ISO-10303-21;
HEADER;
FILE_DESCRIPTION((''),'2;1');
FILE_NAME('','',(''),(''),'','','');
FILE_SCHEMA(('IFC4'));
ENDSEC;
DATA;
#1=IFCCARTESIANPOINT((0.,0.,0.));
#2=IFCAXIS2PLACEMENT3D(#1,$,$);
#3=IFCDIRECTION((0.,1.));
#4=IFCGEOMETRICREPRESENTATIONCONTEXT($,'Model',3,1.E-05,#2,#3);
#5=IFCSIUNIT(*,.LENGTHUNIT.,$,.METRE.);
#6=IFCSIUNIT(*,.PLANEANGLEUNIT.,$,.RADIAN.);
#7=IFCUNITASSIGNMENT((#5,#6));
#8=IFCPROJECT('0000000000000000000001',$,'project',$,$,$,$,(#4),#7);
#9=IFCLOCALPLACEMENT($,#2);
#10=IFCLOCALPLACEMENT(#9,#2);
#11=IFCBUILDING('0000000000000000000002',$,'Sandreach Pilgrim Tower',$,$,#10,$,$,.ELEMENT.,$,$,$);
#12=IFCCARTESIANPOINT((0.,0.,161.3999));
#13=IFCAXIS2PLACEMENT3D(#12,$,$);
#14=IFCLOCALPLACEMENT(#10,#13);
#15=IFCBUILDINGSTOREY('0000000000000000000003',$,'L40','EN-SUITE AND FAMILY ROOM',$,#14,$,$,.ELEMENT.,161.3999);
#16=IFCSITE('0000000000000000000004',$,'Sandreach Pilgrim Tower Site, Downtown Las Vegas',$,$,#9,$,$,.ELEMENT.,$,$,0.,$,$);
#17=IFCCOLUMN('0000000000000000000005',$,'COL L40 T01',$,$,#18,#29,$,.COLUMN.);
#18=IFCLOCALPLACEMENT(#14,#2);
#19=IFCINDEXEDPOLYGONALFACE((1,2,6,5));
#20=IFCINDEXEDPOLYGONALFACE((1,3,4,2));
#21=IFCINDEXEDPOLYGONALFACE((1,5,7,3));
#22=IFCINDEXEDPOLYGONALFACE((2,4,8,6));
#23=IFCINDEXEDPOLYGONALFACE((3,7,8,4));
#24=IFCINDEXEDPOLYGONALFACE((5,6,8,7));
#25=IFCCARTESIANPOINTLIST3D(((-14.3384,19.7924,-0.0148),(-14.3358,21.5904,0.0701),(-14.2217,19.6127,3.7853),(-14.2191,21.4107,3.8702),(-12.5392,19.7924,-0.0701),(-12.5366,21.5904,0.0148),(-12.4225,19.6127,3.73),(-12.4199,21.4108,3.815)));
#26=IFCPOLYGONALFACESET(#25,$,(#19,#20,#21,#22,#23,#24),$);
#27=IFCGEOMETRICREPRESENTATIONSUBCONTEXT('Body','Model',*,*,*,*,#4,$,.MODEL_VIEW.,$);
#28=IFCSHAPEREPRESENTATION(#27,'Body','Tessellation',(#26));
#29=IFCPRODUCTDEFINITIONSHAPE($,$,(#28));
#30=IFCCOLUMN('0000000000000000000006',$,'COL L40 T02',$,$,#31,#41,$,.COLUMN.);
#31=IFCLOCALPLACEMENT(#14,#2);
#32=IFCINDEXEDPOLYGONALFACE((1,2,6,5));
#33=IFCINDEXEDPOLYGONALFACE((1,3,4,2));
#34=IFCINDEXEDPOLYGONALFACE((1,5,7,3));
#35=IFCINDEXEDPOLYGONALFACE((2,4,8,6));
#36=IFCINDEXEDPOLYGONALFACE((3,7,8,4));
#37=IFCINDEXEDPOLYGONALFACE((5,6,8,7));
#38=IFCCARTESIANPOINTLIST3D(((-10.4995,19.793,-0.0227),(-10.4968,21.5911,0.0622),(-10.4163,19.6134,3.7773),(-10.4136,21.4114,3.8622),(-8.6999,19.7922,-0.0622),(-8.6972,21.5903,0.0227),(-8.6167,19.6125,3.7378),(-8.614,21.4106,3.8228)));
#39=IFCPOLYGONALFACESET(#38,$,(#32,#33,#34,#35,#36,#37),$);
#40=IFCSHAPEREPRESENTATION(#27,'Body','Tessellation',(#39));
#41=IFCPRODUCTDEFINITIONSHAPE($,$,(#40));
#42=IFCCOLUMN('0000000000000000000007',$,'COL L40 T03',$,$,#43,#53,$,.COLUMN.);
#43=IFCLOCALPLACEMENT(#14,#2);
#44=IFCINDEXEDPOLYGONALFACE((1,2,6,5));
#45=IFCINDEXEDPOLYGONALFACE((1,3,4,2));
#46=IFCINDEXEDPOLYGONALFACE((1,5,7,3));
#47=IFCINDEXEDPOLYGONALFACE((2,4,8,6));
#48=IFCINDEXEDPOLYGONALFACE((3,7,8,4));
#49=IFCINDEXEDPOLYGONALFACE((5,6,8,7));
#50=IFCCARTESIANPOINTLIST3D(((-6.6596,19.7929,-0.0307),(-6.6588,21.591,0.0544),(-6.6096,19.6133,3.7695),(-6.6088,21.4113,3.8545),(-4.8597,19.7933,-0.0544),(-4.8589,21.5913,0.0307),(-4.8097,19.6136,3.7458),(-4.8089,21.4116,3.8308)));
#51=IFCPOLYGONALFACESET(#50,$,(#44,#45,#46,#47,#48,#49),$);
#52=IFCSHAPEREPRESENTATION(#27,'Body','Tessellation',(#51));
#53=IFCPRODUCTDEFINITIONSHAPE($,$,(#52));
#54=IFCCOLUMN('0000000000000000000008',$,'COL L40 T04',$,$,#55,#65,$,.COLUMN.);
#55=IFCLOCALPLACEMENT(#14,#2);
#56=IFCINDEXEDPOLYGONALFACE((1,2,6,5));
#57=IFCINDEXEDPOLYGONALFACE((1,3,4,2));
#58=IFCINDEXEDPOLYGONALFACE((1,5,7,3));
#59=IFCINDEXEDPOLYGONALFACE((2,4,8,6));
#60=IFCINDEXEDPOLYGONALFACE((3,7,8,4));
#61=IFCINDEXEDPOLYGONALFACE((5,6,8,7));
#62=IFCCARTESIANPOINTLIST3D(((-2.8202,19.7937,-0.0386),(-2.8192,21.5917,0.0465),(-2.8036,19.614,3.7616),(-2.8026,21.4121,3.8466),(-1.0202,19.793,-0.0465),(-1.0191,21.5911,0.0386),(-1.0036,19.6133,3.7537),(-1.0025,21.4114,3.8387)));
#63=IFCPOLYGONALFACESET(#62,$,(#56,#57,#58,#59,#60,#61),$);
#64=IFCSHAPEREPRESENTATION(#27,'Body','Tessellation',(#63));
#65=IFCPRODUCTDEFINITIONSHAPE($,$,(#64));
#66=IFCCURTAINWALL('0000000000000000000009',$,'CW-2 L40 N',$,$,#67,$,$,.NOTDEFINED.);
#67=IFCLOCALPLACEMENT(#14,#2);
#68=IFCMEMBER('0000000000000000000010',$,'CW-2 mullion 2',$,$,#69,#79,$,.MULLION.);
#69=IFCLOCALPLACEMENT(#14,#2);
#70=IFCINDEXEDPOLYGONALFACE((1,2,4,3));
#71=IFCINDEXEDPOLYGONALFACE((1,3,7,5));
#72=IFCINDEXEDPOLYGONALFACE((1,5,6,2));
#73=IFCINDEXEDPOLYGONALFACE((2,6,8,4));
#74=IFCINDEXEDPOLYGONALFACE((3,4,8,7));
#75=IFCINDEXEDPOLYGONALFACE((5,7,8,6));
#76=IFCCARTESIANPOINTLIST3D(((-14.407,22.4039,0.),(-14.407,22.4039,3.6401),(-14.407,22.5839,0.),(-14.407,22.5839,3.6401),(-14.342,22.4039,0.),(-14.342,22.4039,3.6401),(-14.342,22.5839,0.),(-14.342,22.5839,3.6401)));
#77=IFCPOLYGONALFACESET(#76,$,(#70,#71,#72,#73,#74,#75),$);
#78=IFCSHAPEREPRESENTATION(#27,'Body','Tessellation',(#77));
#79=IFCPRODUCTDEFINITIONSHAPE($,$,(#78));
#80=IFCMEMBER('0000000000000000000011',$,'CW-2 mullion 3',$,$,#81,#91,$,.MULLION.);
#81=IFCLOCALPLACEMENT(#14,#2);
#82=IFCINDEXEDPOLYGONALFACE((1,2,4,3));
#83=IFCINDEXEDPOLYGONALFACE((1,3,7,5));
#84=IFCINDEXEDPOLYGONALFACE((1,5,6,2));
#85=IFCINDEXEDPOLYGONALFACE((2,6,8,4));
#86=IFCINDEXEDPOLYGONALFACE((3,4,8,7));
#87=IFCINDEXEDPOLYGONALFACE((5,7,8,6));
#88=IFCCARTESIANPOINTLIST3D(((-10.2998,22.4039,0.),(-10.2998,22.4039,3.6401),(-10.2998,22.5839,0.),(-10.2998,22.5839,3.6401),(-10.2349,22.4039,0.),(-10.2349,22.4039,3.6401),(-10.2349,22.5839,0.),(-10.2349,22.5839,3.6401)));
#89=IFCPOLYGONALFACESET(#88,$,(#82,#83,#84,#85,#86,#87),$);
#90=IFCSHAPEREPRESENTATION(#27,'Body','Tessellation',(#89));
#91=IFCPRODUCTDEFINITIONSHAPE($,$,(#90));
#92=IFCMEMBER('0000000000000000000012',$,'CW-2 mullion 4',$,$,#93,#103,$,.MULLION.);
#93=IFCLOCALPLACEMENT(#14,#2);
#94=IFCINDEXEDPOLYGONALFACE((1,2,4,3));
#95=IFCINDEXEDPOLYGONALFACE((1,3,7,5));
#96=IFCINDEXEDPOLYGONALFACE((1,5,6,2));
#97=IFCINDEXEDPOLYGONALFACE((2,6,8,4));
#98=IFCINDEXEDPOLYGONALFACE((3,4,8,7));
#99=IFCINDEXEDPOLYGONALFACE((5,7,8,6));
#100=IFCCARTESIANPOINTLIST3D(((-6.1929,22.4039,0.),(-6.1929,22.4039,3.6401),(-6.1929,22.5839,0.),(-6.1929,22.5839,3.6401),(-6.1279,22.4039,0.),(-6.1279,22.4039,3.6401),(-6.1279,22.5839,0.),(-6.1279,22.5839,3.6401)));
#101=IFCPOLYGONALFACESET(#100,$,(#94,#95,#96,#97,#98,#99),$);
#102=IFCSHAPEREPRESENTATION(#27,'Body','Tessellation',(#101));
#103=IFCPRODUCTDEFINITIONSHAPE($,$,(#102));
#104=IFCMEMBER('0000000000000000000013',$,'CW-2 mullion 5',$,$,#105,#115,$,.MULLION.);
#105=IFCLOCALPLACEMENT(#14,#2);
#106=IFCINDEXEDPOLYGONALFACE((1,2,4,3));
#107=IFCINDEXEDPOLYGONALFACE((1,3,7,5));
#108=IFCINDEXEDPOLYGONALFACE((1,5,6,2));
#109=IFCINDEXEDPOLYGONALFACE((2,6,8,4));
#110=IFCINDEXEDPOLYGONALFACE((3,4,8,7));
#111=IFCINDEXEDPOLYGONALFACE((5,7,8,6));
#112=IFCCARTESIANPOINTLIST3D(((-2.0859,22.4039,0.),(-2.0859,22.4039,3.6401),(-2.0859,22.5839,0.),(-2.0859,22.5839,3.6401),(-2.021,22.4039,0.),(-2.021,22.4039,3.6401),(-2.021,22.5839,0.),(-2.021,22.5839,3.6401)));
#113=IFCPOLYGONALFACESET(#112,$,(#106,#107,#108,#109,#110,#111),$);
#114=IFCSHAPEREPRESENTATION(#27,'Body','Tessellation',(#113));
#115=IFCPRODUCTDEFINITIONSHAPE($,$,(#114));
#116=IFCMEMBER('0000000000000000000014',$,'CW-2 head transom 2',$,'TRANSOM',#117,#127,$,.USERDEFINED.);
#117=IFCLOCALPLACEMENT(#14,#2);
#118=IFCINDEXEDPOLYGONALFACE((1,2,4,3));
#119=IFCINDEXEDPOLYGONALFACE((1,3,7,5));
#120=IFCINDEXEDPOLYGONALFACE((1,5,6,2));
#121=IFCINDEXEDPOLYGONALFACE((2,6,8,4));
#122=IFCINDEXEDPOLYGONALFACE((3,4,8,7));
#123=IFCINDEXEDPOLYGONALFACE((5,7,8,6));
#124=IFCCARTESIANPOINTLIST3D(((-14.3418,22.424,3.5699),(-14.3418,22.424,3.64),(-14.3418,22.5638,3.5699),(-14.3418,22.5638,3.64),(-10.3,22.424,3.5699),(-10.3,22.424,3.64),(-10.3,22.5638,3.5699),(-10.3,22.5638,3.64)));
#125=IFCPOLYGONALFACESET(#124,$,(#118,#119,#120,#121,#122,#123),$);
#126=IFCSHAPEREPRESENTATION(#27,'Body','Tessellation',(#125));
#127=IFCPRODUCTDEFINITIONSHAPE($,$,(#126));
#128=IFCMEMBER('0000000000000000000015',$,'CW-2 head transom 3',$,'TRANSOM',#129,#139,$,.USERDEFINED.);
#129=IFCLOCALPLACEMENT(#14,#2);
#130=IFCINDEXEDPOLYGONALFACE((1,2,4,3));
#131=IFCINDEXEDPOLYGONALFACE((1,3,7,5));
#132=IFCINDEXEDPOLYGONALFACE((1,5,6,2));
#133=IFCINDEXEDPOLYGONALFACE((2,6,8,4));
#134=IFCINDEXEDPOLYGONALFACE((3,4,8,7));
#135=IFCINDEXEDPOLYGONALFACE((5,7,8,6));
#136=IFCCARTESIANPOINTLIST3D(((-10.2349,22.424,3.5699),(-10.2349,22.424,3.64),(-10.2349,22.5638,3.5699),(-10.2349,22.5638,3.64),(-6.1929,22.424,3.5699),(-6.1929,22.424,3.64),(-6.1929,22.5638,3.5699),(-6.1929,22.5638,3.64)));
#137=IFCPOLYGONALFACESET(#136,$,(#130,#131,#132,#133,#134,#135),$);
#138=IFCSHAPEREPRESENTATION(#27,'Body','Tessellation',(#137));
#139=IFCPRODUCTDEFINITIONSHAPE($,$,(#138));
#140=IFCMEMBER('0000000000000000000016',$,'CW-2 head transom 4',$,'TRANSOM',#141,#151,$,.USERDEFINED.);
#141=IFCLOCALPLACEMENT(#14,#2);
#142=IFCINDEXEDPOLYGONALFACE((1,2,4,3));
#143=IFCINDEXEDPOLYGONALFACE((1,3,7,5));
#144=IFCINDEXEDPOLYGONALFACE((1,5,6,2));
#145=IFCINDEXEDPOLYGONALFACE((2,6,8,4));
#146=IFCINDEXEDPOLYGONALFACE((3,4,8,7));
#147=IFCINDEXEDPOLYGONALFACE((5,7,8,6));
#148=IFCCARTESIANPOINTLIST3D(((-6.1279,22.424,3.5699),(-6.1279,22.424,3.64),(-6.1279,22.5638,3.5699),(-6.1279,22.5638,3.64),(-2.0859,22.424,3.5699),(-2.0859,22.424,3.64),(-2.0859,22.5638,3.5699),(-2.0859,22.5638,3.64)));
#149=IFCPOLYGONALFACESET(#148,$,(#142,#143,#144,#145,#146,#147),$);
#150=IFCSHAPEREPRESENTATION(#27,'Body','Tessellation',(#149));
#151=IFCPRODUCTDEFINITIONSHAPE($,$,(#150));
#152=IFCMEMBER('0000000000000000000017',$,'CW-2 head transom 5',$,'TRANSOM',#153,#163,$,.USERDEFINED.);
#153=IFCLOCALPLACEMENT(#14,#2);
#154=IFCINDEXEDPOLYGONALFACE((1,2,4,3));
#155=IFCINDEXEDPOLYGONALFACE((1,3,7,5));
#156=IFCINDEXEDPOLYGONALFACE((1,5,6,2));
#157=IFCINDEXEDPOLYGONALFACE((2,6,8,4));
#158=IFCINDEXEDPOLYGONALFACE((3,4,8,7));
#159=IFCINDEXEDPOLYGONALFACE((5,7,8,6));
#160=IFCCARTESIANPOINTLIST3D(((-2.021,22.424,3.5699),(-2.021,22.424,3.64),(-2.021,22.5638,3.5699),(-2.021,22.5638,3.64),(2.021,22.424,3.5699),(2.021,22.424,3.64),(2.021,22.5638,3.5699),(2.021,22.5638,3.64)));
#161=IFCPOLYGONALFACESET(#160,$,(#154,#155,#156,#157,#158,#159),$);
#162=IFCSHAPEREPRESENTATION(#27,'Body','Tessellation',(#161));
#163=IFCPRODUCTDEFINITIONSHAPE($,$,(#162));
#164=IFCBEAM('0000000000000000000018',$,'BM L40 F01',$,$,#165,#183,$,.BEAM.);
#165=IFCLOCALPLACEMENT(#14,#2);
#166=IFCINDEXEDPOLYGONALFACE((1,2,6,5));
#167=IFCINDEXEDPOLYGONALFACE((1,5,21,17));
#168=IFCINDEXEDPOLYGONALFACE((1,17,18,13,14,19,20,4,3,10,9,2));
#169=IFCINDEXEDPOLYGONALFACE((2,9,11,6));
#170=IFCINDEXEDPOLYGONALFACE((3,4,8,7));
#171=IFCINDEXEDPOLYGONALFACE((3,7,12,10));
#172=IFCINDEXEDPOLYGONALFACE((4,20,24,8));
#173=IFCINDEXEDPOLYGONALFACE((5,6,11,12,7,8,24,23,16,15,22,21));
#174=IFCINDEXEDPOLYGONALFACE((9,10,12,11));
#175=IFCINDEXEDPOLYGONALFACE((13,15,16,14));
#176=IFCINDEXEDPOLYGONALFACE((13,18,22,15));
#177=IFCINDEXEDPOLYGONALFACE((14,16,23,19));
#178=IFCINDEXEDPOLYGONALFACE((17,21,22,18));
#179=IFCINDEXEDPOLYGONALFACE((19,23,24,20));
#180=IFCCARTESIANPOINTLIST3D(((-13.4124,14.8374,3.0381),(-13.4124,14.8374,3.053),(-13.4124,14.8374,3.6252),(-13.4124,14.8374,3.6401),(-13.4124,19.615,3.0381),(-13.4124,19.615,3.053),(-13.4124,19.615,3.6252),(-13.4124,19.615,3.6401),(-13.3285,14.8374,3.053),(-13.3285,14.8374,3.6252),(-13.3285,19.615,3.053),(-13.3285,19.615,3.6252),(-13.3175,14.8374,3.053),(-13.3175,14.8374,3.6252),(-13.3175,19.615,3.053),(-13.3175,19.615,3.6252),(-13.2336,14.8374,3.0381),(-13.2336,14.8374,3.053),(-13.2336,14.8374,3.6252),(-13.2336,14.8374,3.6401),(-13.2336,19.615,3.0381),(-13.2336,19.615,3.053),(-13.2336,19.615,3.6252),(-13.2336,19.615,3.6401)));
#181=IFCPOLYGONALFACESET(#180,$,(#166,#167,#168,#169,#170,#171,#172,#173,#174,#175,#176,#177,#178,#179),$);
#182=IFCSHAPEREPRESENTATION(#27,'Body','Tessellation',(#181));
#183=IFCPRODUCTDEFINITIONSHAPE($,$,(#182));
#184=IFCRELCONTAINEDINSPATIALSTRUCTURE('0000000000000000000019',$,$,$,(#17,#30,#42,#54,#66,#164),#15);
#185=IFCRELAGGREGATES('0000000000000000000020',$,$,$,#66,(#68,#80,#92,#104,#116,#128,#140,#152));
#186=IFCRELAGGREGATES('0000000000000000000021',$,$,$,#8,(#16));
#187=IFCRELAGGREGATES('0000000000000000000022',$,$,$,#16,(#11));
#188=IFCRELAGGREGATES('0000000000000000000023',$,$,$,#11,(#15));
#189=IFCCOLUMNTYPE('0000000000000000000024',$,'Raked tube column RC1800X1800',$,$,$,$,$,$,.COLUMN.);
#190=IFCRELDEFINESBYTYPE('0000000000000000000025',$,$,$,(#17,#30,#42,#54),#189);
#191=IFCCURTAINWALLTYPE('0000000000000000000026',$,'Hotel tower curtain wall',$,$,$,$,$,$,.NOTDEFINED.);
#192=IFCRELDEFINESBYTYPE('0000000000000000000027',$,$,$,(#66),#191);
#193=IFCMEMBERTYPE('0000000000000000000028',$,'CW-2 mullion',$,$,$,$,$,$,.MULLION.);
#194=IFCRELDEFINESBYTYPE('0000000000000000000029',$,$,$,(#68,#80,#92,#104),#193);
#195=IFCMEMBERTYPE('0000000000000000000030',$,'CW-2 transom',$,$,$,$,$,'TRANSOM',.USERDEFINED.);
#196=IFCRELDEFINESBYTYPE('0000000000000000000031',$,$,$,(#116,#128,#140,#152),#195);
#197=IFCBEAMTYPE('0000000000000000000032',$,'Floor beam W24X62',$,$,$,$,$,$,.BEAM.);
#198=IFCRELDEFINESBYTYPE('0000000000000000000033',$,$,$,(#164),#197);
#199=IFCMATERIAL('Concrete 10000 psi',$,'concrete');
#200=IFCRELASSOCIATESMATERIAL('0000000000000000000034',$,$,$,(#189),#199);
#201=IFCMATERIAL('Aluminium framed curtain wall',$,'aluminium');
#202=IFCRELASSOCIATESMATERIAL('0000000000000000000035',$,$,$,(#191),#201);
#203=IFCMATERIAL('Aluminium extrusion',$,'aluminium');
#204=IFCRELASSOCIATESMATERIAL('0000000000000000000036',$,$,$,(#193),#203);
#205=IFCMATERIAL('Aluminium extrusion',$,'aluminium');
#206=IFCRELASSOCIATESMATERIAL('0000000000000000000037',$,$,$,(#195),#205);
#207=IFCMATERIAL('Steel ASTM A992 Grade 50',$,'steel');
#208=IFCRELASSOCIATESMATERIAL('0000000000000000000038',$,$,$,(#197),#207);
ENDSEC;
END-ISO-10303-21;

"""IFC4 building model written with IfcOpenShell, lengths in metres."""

from ifc_helpers import new_model, si_unit, direction, frame, origin, origin_2d, place, context, subcontext, project, spatial, rectangle, i_section, extrude, material, material_profile, profile_set, type_object, element, aggregate, save


model = new_model("IFC4")

# Units and contexts
model_context = context("Model", 3, precision=1e-05, world=origin(), true_north=direction((0.0, 1.0)))
body_context = subcontext(model_context, "Body", "Model", "MODEL_VIEW")
ifc_project = project(units=[si_unit("LENGTHUNIT", "METRE"), si_unit("PLANEANGLEUNIT", "RADIAN")], contexts=[model_context])

# Site, building, storey
site_placement = place(None, origin())
site = spatial("IfcSite", under=ifc_project, at=site_placement, Name="Sandreach Pilgrim Tower Site, Downtown Las Vegas", CompositionType="ELEMENT", RefElevation=0.0)
building_placement = place(site_placement, origin())
building = spatial("IfcBuilding", under=site, at=building_placement, Name="Sandreach Pilgrim Tower", CompositionType="ELEMENT")
storey_placement = place(building_placement, frame((0.0, 0.0, 161.3999)))
storey = spatial("IfcBuildingStorey", under=building, at=storey_placement, Name="L40", Description="EN-SUITE AND FAMILY ROOM", CompositionType="ELEMENT", Elevation=161.3999)

# Columns
ifc_material_1 = material(Name="Concrete 10000 psi", Category="concrete")
ifc_material_profile_1 = material_profile(ifc_material_1, rectangle(XDim=1.8, YDim=1.8, at=origin_2d()), Name="RC1800X1800")
ifc_profile_set_1 = profile_set([ifc_material_profile_1], Name="Concrete 10000 psi")
column_type = type_object("IfcColumnType", Name="Raked tube column RC1800X1800", PredefinedType="COLUMN", material=ifc_profile_set_1)
column_1_placement = place(storey_placement, frame((-13.4375, 20.6914, 0.0), z_axis=(0.030661, -0.047211, 0.998414), x_axis=(0.00143, 0.998885, 0.047189)))
element("IfcColumn", 1, at=column_1_placement, inside=storey, type_object=column_type, Name="COL L40 T01", PredefinedType="COLUMN", context=body_context, shape_type="SweptSolid", body=[
    extrude(rectangle(XDim=1.8, YDim=1.8, at=origin_2d()), origin(), (0.0, 0.0, 1.0), 3.8062),
])
column_2_placement = place(storey_placement, frame((-9.5984, 20.6917, 0.0), z_axis=(0.021878, -0.047221, 0.998645), x_axis=(0.001498, 0.998884, 0.0472)))
element("IfcColumn", 2, at=column_2_placement, inside=storey, type_object=column_type, Name="COL L40 T02", PredefinedType="COLUMN", context=body_context, shape_type="SweptSolid", body=[
    extrude(rectangle(XDim=1.8, YDim=1.8, at=origin_2d()), origin(), (0.0, 0.0, 1.0), 3.8052),
])
column_3_placement = place(storey_placement, frame((-5.7593, 20.6921, 0.0), z_axis=(0.013155, -0.047229, 0.998797), x_axis=(0.000431, 0.998884, 0.047227)))
element("IfcColumn", 3, at=column_3_placement, inside=storey, type_object=column_type, Name="COL L40 T03", PredefinedType="COLUMN", context=body_context, shape_type="SweptSolid", body=[
    extrude(rectangle(XDim=1.8, YDim=1.8, at=origin_2d()), origin(), (0.0, 0.0, 1.0), 3.8047),
])
column_4_placement = place(storey_placement, frame((-1.9197, 20.6924, 0.0), z_axis=(0.004364, -0.047232, 0.998874), x_axis=(0.000588, 0.998884, 0.04723)))
element("IfcColumn", 4, at=column_4_placement, inside=storey, type_object=column_type, Name="COL L40 T04", PredefinedType="COLUMN", context=body_context, shape_type="SweptSolid", body=[
    extrude(rectangle(XDim=1.8, YDim=1.8, at=origin_2d()), origin(), (0.0, 0.0, 1.0), 3.8044),
])

# Curtain wall, members
ifc_material_2 = material(Name="Aluminium framed curtain wall", Category="aluminium")
curtain_wall_type = type_object("IfcCurtainWallType", Name="Hotel tower curtain wall", PredefinedType="NOTDEFINED", material=ifc_material_2)
curtain_wall_placement = place(storey_placement, origin())
curtain_wall = element("IfcCurtainWall", 5, at=curtain_wall_placement, inside=storey, type_object=curtain_wall_type, Name="CW-2 L40 N", PredefinedType="NOTDEFINED")
ifc_material_3 = material(Name="Aluminium extrusion", Category="aluminium")
ifc_material_profile_2 = material_profile(ifc_material_3, rectangle(XDim=0.0649, YDim=0.1799, at=origin_2d()), Name="CW-2M 65X180")
ifc_profile_set_2 = profile_set([ifc_material_profile_2], Name="Aluminium extrusion")
member_type_1 = type_object("IfcMemberType", Name="CW-2 mullion", PredefinedType="MULLION", material=ifc_profile_set_2)
member_1_placement = place(storey_placement, frame((-14.3745, 22.4939, 0.0), z_axis=(0.0, 0.0, 1.0), x_axis=(1.0, 0.0, 0.0)))
member_1 = element("IfcMember", 6, at=member_1_placement, type_object=member_type_1, Name="CW-2 mullion 2", PredefinedType="MULLION", context=body_context, shape_type="SweptSolid", body=[
    extrude(rectangle(XDim=0.0649, YDim=0.1799, at=origin_2d()), origin(), (0.0, 0.0, 1.0), 3.6401),
])
member_2_placement = place(storey_placement, frame((-10.2673, 22.4939, 0.0), z_axis=(0.0, 0.0, 1.0), x_axis=(1.0, 0.0, 0.0)))
member_2 = element("IfcMember", 7, at=member_2_placement, type_object=member_type_1, Name="CW-2 mullion 3", PredefinedType="MULLION", context=body_context, shape_type="SweptSolid", body=[
    extrude(rectangle(XDim=0.0649, YDim=0.1799, at=origin_2d()), origin(), (0.0, 0.0, 1.0), 3.6401),
])
member_3_placement = place(storey_placement, frame((-6.1604, 22.4939, 0.0), z_axis=(0.0, 0.0, 1.0), x_axis=(1.0, 0.0, 0.0)))
member_3 = element("IfcMember", 8, at=member_3_placement, type_object=member_type_1, Name="CW-2 mullion 4", PredefinedType="MULLION", context=body_context, shape_type="SweptSolid", body=[
    extrude(rectangle(XDim=0.0649, YDim=0.1799, at=origin_2d()), origin(), (0.0, 0.0, 1.0), 3.6401),
])
member_4_placement = place(storey_placement, frame((-2.0535, 22.4939, 0.0), z_axis=(0.0, 0.0, 1.0), x_axis=(1.0, 0.0, 0.0)))
member_4 = element("IfcMember", 9, at=member_4_placement, type_object=member_type_1, Name="CW-2 mullion 5", PredefinedType="MULLION", context=body_context, shape_type="SweptSolid", body=[
    extrude(rectangle(XDim=0.0649, YDim=0.1799, at=origin_2d()), origin(), (0.0, 0.0, 1.0), 3.6401),
])
ifc_material_4 = material(Name="Aluminium extrusion", Category="aluminium")
ifc_material_profile_3 = material_profile(ifc_material_4, rectangle(XDim=0.1399, YDim=0.0701, at=origin_2d()), Name="CW-2T 140X70")
ifc_profile_set_3 = profile_set([ifc_material_profile_3], Name="Aluminium extrusion")
member_type_2 = type_object("IfcMemberType", Name="CW-2 transom", ElementType="TRANSOM", PredefinedType="USERDEFINED", material=ifc_profile_set_3)
member_5_placement = place(storey_placement, frame((-14.3418, 22.4939, 3.605), z_axis=(1.0, 0.0, 0.0), x_axis=(0.0, 1.0, 0.0)))
member_5 = element("IfcMember", 10, at=member_5_placement, type_object=member_type_2, Name="CW-2 head transom 2", ObjectType="TRANSOM", PredefinedType="USERDEFINED", context=body_context, shape_type="SweptSolid", body=[
    extrude(rectangle(XDim=0.1399, YDim=0.0701, at=origin_2d()), origin(), (0.0, 0.0, 1.0), 4.0417),
])
member_6_placement = place(storey_placement, frame((-10.2349, 22.4939, 3.605), z_axis=(1.0, 0.0, 0.0), x_axis=(0.0, 1.0, 0.0)))
member_6 = element("IfcMember", 11, at=member_6_placement, type_object=member_type_2, Name="CW-2 head transom 3", ObjectType="TRANSOM", PredefinedType="USERDEFINED", context=body_context, shape_type="SweptSolid", body=[
    extrude(rectangle(XDim=0.1399, YDim=0.0701, at=origin_2d()), origin(), (0.0, 0.0, 1.0), 4.042),
])
member_7_placement = place(storey_placement, frame((-6.1279, 22.4939, 3.605), z_axis=(1.0, 0.0, 0.0), x_axis=(0.0, 1.0, 0.0)))
member_7 = element("IfcMember", 12, at=member_7_placement, type_object=member_type_2, Name="CW-2 head transom 4", ObjectType="TRANSOM", PredefinedType="USERDEFINED", context=body_context, shape_type="SweptSolid", body=[
    extrude(rectangle(XDim=0.1399, YDim=0.0701, at=origin_2d()), origin(), (0.0, 0.0, 1.0), 4.042),
])
member_8_placement = place(storey_placement, frame((-2.021, 22.4939, 3.605), z_axis=(1.0, 0.0, 0.0), x_axis=(0.0, 1.0, 0.0)))
member_8 = element("IfcMember", 13, at=member_8_placement, type_object=member_type_2, Name="CW-2 head transom 5", ObjectType="TRANSOM", PredefinedType="USERDEFINED", context=body_context, shape_type="SweptSolid", body=[
    extrude(rectangle(XDim=0.1399, YDim=0.0701, at=origin_2d()), origin(), (0.0, 0.0, 1.0), 4.042),
])

# Beam
ifc_material_5 = material(Name="Steel ASTM A992 Grade 50", Category="steel")
ifc_material_profile_4 = material_profile(ifc_material_5, i_section(OverallWidth=0.1787, OverallDepth=0.6021, WebThickness=0.011, FlangeThickness=0.0149, at=origin_2d()), Name="W24X62")
ifc_profile_set_4 = profile_set([ifc_material_profile_4], Name="Steel ASTM A992 Grade 50")
beam_type_1 = type_object("IfcBeamType", Name="Floor beam W24X62", PredefinedType="BEAM", material=ifc_profile_set_4)
beam_1_placement = place(storey_placement, frame((-13.323, 19.615, 3.3391), z_axis=(0.0, -1.0, 0.0), x_axis=(1.0, 0.0, 0.0)))
element("IfcBeam", 14, at=beam_1_placement, inside=storey, type_object=beam_type_1, Name="BM L40 F01", PredefinedType="BEAM", context=body_context, shape_type="SweptSolid", body=[
    extrude(i_section(OverallWidth=0.1787, OverallDepth=0.6021, WebThickness=0.011, FlangeThickness=0.0149, at=origin_2d()), origin(), (0.0, 0.0, 1.0), 4.7776),
])

aggregate(curtain_wall, [member_1, member_2, member_3, member_4, member_5, member_6, member_7, member_8])

save(model, "model.ifc")
